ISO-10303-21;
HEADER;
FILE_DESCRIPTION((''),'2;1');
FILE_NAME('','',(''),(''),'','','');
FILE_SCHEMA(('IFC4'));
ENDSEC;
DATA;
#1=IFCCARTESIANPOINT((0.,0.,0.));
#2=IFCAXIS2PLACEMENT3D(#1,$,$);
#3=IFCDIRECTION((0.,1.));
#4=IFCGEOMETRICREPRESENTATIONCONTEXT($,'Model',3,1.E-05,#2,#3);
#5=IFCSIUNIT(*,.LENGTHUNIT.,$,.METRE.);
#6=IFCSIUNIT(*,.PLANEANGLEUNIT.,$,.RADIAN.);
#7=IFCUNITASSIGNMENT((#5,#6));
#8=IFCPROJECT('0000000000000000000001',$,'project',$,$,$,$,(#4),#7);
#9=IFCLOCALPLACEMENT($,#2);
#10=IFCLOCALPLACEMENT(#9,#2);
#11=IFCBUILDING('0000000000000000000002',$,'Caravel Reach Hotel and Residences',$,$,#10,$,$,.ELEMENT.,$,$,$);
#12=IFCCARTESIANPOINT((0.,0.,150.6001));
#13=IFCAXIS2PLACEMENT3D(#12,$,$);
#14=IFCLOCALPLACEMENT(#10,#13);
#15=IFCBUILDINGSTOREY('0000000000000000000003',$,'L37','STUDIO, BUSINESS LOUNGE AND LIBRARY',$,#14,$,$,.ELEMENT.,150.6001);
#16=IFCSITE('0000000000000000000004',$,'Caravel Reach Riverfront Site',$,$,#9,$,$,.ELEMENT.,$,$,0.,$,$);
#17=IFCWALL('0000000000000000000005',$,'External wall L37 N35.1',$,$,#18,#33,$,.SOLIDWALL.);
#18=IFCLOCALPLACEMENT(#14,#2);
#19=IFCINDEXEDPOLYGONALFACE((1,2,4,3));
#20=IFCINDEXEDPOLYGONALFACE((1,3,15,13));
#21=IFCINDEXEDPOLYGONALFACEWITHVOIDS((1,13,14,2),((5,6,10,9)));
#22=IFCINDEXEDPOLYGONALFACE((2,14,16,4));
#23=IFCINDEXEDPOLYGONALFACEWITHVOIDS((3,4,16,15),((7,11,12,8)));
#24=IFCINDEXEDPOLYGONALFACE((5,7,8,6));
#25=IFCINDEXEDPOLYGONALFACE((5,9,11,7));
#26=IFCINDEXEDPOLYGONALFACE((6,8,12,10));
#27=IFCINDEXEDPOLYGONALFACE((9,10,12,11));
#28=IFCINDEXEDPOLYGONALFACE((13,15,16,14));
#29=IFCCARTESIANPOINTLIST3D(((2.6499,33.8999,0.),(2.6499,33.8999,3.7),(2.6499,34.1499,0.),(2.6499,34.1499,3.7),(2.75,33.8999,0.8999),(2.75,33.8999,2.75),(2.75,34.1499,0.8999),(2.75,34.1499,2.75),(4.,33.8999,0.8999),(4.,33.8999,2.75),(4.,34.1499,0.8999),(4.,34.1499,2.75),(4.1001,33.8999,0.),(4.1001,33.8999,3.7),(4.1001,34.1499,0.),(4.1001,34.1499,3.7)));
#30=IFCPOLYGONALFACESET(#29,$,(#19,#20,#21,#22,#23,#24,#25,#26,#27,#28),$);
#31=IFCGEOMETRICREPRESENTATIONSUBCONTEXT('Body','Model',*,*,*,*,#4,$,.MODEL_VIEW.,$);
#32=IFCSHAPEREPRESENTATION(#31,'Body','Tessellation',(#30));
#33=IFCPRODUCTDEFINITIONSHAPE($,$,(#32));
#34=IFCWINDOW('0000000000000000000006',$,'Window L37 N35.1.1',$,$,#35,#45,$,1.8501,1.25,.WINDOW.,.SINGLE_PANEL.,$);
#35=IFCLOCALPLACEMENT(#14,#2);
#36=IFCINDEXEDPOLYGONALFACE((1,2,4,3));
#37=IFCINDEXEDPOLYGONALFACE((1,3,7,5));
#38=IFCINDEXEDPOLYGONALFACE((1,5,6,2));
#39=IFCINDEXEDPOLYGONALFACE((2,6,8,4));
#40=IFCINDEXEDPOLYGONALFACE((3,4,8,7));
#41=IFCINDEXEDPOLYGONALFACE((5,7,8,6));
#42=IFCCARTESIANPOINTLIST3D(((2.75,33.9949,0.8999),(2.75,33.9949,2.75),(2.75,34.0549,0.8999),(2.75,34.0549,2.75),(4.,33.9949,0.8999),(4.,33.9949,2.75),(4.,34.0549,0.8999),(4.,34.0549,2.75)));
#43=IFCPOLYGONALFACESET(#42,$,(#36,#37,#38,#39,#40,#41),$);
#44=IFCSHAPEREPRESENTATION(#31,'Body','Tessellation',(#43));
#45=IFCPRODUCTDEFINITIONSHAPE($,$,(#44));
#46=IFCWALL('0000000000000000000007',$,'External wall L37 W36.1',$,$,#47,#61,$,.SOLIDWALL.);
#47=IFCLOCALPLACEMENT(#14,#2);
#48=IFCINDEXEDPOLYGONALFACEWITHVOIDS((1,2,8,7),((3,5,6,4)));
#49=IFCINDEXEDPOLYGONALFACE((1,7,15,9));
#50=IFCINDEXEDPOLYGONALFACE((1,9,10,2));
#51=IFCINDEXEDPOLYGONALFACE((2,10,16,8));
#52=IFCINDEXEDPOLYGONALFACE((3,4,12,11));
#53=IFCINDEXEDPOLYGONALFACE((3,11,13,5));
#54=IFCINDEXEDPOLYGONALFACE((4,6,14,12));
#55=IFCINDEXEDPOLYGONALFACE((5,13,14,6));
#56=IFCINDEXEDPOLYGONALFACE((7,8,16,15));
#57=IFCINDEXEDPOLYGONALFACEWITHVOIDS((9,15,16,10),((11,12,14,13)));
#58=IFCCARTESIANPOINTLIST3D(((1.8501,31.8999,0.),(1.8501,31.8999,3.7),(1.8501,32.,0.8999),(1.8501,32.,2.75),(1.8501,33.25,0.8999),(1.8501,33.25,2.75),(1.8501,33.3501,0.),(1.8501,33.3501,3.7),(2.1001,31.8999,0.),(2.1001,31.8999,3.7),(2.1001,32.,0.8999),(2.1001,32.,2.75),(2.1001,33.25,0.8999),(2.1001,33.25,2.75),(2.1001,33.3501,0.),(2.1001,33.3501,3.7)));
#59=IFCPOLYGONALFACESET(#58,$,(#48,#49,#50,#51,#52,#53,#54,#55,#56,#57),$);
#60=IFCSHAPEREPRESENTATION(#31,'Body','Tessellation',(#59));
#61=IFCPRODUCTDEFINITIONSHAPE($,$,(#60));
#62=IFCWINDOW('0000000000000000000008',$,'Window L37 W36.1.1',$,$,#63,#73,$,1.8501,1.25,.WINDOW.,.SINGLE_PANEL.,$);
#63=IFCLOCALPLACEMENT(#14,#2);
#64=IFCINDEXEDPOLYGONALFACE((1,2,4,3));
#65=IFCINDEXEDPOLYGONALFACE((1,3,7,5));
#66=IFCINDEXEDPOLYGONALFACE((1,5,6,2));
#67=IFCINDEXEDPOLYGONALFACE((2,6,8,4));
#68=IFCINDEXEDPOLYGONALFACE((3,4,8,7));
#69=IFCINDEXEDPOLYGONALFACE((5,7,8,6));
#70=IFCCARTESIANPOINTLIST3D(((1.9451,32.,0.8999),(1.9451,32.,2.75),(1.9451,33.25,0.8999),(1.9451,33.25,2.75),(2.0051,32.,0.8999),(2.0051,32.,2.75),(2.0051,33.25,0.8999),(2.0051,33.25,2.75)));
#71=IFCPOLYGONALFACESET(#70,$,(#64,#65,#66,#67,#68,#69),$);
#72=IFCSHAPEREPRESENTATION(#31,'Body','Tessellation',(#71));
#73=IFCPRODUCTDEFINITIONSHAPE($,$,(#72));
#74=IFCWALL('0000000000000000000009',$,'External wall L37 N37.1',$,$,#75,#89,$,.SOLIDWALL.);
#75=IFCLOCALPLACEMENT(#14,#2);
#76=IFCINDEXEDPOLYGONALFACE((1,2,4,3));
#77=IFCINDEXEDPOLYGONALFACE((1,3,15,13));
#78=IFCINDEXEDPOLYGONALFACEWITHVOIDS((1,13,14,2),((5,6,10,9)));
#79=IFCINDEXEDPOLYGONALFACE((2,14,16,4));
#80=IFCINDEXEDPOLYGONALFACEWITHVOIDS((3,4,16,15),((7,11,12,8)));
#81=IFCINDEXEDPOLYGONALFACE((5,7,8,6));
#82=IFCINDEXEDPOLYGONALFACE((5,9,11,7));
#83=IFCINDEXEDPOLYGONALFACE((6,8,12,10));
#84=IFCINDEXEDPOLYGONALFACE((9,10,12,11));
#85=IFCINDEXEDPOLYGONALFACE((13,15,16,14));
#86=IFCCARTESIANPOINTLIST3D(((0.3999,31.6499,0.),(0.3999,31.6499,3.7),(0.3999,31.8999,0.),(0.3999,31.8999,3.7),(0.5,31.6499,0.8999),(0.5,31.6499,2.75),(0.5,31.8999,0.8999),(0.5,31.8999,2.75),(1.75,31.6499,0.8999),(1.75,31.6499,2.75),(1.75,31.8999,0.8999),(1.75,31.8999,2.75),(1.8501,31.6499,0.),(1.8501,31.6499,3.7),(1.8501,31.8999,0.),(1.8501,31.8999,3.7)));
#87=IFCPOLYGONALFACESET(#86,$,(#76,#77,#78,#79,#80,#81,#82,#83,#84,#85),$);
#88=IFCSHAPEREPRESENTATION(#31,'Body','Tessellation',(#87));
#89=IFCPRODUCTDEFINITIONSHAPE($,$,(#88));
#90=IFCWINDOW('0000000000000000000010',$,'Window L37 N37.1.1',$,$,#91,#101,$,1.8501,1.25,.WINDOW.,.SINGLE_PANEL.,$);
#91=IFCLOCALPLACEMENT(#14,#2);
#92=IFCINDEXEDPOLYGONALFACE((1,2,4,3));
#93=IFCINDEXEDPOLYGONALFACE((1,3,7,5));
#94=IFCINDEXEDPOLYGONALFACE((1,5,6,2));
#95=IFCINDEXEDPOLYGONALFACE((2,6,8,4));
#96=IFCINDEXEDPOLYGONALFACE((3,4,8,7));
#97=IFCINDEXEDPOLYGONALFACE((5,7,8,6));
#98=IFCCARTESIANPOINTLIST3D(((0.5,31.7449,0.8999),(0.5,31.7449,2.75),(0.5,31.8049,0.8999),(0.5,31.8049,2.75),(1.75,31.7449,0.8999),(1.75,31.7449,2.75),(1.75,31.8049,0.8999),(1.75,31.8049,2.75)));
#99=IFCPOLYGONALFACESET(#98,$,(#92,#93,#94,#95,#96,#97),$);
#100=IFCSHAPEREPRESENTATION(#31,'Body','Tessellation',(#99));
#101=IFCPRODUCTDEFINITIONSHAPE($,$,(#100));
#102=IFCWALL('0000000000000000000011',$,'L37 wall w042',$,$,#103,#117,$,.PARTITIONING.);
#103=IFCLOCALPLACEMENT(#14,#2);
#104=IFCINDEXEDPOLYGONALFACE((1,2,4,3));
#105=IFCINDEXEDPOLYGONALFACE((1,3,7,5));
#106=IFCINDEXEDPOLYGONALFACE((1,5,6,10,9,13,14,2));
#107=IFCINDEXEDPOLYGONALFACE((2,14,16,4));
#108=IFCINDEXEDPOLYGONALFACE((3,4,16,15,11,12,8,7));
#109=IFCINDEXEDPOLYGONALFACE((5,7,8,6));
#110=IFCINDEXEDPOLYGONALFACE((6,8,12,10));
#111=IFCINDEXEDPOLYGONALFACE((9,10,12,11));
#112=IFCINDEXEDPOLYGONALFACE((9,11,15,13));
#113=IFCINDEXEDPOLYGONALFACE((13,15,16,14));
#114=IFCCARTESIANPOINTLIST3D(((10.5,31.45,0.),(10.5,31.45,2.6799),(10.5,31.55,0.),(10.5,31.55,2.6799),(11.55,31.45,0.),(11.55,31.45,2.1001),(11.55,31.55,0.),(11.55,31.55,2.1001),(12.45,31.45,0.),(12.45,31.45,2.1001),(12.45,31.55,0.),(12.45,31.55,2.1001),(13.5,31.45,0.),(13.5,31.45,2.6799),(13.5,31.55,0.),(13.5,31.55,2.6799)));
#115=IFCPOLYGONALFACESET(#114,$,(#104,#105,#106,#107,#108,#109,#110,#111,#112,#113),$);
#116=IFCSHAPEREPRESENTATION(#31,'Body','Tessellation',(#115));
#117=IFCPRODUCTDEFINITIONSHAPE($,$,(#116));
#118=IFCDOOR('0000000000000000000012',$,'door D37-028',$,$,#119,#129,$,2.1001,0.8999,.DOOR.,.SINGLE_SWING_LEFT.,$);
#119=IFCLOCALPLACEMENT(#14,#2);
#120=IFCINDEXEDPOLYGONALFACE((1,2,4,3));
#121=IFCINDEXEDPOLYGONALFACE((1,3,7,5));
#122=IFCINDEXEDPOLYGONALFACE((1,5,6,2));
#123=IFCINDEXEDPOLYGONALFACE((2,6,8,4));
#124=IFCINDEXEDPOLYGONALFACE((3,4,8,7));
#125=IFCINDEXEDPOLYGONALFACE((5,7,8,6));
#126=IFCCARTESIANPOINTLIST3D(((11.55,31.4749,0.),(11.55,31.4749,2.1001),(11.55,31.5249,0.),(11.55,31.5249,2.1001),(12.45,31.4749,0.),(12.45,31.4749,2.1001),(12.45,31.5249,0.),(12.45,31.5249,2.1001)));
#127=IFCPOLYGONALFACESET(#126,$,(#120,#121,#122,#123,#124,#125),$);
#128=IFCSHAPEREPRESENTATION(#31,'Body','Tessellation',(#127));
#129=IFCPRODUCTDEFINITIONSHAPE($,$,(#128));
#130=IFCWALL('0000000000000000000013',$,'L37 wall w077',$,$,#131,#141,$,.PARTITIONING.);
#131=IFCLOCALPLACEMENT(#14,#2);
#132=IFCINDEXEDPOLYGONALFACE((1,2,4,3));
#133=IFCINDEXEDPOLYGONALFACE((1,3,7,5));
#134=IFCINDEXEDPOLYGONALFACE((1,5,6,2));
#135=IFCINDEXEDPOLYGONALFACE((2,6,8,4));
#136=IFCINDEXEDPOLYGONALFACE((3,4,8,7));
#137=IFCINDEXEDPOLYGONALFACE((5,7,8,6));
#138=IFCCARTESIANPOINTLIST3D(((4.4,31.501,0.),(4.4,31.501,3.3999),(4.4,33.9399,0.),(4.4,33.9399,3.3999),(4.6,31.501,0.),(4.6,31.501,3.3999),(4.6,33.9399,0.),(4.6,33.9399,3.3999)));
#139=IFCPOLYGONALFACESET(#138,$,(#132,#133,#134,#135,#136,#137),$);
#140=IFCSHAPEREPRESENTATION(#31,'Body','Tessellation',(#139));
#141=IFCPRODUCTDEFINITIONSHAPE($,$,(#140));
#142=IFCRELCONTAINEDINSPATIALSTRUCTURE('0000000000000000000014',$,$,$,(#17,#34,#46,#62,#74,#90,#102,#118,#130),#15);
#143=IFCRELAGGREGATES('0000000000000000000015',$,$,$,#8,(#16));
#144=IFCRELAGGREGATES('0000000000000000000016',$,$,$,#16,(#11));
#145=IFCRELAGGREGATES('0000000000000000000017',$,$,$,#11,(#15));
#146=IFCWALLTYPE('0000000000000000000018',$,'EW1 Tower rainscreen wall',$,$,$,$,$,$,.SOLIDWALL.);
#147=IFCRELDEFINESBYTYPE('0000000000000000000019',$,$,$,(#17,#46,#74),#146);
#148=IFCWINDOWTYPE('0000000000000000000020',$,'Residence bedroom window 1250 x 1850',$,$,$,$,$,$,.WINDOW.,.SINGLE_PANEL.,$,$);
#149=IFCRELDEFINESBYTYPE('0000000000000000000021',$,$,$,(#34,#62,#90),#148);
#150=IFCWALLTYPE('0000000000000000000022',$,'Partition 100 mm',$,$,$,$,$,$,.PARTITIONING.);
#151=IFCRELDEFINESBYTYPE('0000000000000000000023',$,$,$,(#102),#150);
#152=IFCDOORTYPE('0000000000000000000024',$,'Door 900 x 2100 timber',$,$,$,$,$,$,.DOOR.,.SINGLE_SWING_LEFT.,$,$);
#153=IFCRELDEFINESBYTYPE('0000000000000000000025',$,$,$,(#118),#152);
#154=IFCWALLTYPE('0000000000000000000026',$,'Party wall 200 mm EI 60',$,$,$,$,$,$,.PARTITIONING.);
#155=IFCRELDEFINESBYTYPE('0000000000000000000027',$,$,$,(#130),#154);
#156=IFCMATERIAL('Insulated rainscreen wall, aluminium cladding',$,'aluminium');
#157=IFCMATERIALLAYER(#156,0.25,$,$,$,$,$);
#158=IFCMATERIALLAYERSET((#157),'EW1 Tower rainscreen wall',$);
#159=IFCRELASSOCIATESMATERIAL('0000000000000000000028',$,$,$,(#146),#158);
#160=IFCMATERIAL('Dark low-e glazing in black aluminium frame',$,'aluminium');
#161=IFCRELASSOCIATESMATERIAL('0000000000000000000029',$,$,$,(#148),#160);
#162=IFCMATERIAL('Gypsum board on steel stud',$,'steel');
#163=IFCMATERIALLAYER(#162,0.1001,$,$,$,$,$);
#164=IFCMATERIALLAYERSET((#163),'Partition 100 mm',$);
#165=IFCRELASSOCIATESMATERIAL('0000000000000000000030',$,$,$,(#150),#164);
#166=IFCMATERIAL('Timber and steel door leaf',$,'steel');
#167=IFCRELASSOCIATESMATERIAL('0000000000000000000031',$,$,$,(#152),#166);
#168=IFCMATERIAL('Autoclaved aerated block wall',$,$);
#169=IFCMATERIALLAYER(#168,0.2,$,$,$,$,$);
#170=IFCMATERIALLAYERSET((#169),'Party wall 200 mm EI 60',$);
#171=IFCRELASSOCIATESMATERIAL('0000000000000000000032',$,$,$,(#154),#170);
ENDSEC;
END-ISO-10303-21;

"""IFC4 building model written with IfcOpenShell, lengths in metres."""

from ifc_helpers import new_model, si_unit, direction, frame, frame_2d, origin, place, context, subcontext, project, spatial, rectangle, extrude, material, layer, layer_set, type_object, element, fill, save


model = new_model("IFC4")

# Units and contexts
model_context = context("Model", 3, precision=1e-05, world=origin(), true_north=direction((0.0, 1.0)))
body_context = subcontext(model_context, "Body", "Model", "MODEL_VIEW")
ifc_project = project(units=[si_unit("LENGTHUNIT", "METRE"), si_unit("PLANEANGLEUNIT", "RADIAN")], contexts=[model_context])

# Site, building, storey
site_placement = place(None, origin())
site = spatial("IfcSite", under=ifc_project, at=site_placement, Name="Caravel Reach Riverfront Site", CompositionType="ELEMENT", RefElevation=0.0)
building_placement = place(site_placement, origin())
building = spatial("IfcBuilding", under=site, at=building_placement, Name="Caravel Reach Hotel and Residences", CompositionType="ELEMENT")
storey_placement = place(building_placement, frame((0.0, 0.0, 150.6001)))
storey = spatial("IfcBuildingStorey", under=building, at=storey_placement, Name="L37", Description="STUDIO, BUSINESS LOUNGE AND LIBRARY", CompositionType="ELEMENT", Elevation=150.6001)

# Shared definitions
ifc_material_1 = material(Name="Insulated rainscreen wall, aluminium cladding", Category="aluminium")
ifc_layer_1 = layer(ifc_material_1, 0.25)
ifc_layer_set_1 = layer_set([ifc_layer_1], Name="EW1 Tower rainscreen wall")
wall_type_1 = type_object("IfcWallType", Name="EW1 Tower rainscreen wall", PredefinedType="SOLIDWALL", material=ifc_layer_set_1)

# Walls, openings, windows
wall_1_placement = place(storey_placement, frame((4.1001, 34.0249, 0.0), z_axis=(0.0, 0.0, 1.0), x_axis=(-1.0, 0.0, 0.0)))
wall_1 = element("IfcWall", 1, at=wall_1_placement, inside=storey, type_object=wall_type_1, Name="External wall L37 N35.1", PredefinedType="SOLIDWALL", context=body_context, shape_type="SweptSolid", body=[
    extrude(rectangle(XDim=1.4502, YDim=0.25, at=frame_2d((0.7251, 0.0))), origin(), (0.0, 0.0, 1.0), 3.7),
])
opening_1_placement = place(wall_1_placement, frame((0.1001, 0.0, 0.8999)))
opening_1 = element("IfcOpeningElement", 2, at=opening_1_placement, cuts=wall_1, PredefinedType="OPENING", context=body_context, shape_type="SweptSolid", body=[
    extrude(rectangle(XDim=1.25, YDim=1.8501, at=frame_2d((0.625, 0.925))), frame((0.0, 0.135, 0.0), z_axis=(0.0, -1.0, 0.0), x_axis=(1.0, 0.0, 0.0)), (0.0, 0.0, 1.0), 0.27),
])
ifc_material_2 = material(Name="Dark low-e glazing in black aluminium frame", Category="aluminium")
window_type_1 = type_object("IfcWindowType", Name="Residence bedroom window 1250 x 1850", PartitioningType="SINGLE_PANEL", PredefinedType="WINDOW", material=ifc_material_2)
window_1_placement = place(opening_1_placement, origin())
window_1 = element("IfcWindow", 3, at=window_1_placement, inside=storey, type_object=window_type_1, Name="Window L37 N35.1.1", OverallHeight=1.8501, OverallWidth=1.25, PartitioningType="SINGLE_PANEL", PredefinedType="WINDOW", context=body_context, shape_type="SweptSolid", body=[
    extrude(rectangle(XDim=1.25, YDim=1.8501, at=frame_2d((0.625, 0.925))), frame((0.0, 0.03, 0.0), z_axis=(0.0, -1.0, 0.0), x_axis=(1.0, 0.0, 0.0)), (0.0, 0.0, 1.0), 0.0601),
])
fill(opening_1, window_1)
wall_2_placement = place(storey_placement, frame((1.9751, 33.3501, 0.0), z_axis=(0.0, 0.0, 1.0), x_axis=(0.0, -1.0, 0.0)))
wall_2 = element("IfcWall", 4, at=wall_2_placement, inside=storey, type_object=wall_type_1, Name="External wall L37 W36.1", PredefinedType="SOLIDWALL", context=body_context, shape_type="SweptSolid", body=[
    extrude(rectangle(XDim=1.4502, YDim=0.25, at=frame_2d((0.7251, 0.0))), origin(), (0.0, 0.0, 1.0), 3.7),
])
opening_2_placement = place(wall_2_placement, frame((0.1001, 0.0, 0.8999)))
opening_2 = element("IfcOpeningElement", 5, at=opening_2_placement, cuts=wall_2, PredefinedType="OPENING", context=body_context, shape_type="SweptSolid", body=[
    extrude(rectangle(XDim=1.25, YDim=1.8501, at=frame_2d((0.625, 0.925))), frame((0.0, 0.135, 0.0), z_axis=(0.0, -1.0, 0.0), x_axis=(1.0, 0.0, 0.0)), (0.0, 0.0, 1.0), 0.27),
])
window_2_placement = place(opening_2_placement, origin())
window_2 = element("IfcWindow", 6, at=window_2_placement, inside=storey, type_object=window_type_1, Name="Window L37 W36.1.1", OverallHeight=1.8501, OverallWidth=1.25, PartitioningType="SINGLE_PANEL", PredefinedType="WINDOW", context=body_context, shape_type="SweptSolid", body=[
    extrude(rectangle(XDim=1.25, YDim=1.8501, at=frame_2d((0.625, 0.925))), frame((0.0, 0.03, 0.0), z_axis=(0.0, -1.0, 0.0), x_axis=(1.0, 0.0, 0.0)), (0.0, 0.0, 1.0), 0.0601),
])
fill(opening_2, window_2)
wall_3_placement = place(storey_placement, frame((1.8501, 31.7749, 0.0), z_axis=(0.0, 0.0, 1.0), x_axis=(-1.0, 0.0, 0.0)))
wall_3 = element("IfcWall", 7, at=wall_3_placement, inside=storey, type_object=wall_type_1, Name="External wall L37 N37.1", PredefinedType="SOLIDWALL", context=body_context, shape_type="SweptSolid", body=[
    extrude(rectangle(XDim=1.4502, YDim=0.25, at=frame_2d((0.7251, 0.0))), origin(), (0.0, 0.0, 1.0), 3.7),
])
opening_3_placement = place(wall_3_placement, frame((0.1001, 0.0, 0.8999)))
opening_3 = element("IfcOpeningElement", 8, at=opening_3_placement, cuts=wall_3, PredefinedType="OPENING", context=body_context, shape_type="SweptSolid", body=[
    extrude(rectangle(XDim=1.25, YDim=1.8501, at=frame_2d((0.625, 0.925))), frame((0.0, 0.135, 0.0), z_axis=(0.0, -1.0, 0.0), x_axis=(1.0, 0.0, 0.0)), (0.0, 0.0, 1.0), 0.27),
])
window_3_placement = place(opening_3_placement, origin())
window_3 = element("IfcWindow", 9, at=window_3_placement, inside=storey, type_object=window_type_1, Name="Window L37 N37.1.1", OverallHeight=1.8501, OverallWidth=1.25, PartitioningType="SINGLE_PANEL", PredefinedType="WINDOW", context=body_context, shape_type="SweptSolid", body=[
    extrude(rectangle(XDim=1.25, YDim=1.8501, at=frame_2d((0.625, 0.925))), frame((0.0, 0.03, 0.0), z_axis=(0.0, -1.0, 0.0), x_axis=(1.0, 0.0, 0.0)), (0.0, 0.0, 1.0), 0.0601),
])
fill(opening_3, window_3)

# Wall, opening, door
ifc_material_3 = material(Name="Gypsum board on steel stud", Category="steel")
ifc_layer_2 = layer(ifc_material_3, 0.1001)
ifc_layer_set_2 = layer_set([ifc_layer_2], Name="Partition 100 mm")
wall_type_2 = type_object("IfcWallType", Name="Partition 100 mm", PredefinedType="PARTITIONING", material=ifc_layer_set_2)
wall_4_placement = place(storey_placement, frame((10.5, 31.5, 0.0), z_axis=(0.0, 0.0, 1.0), x_axis=(1.0, 0.0, 0.0)))
wall_4 = element("IfcWall", 10, at=wall_4_placement, inside=storey, type_object=wall_type_2, Name="L37 wall w042", PredefinedType="PARTITIONING", context=body_context, shape_type="SweptSolid", body=[
    extrude(rectangle(XDim=3.0, YDim=0.1001, at=frame_2d((1.5, 0.0))), origin(), (0.0, 0.0, 1.0), 2.6799),
])
opening_4_placement = place(wall_4_placement, frame((1.05, 0.0, 0.0)))
opening_4 = element("IfcOpeningElement", 11, at=opening_4_placement, cuts=wall_4, PredefinedType="OPENING", context=body_context, shape_type="SweptSolid", body=[
    extrude(rectangle(XDim=0.8999, YDim=2.1001, at=frame_2d((0.45, 1.05))), frame((0.0, 0.0601, 0.0), z_axis=(0.0, -1.0, 0.0), x_axis=(1.0, 0.0, 0.0)), (0.0, 0.0, 1.0), 0.1201),
])
ifc_material_4 = material(Name="Timber and steel door leaf", Category="steel")
door_type = type_object("IfcDoorType", Name="Door 900 x 2100 timber", OperationType="SINGLE_SWING_LEFT", PredefinedType="DOOR", material=ifc_material_4)
door_placement = place(opening_4_placement, origin())
door = element("IfcDoor", 12, at=door_placement, inside=storey, type_object=door_type, Name="door D37-028", OperationType="SINGLE_SWING_LEFT", OverallHeight=2.1001, OverallWidth=0.8999, PredefinedType="DOOR", context=body_context, shape_type="SweptSolid", body=[
    extrude(rectangle(XDim=0.8999, YDim=2.1001, at=frame_2d((0.45, 1.05))), frame((0.0, 0.0249, 0.0), z_axis=(0.0, -1.0, 0.0), x_axis=(1.0, 0.0, 0.0)), (0.0, 0.0, 1.0), 0.05),
])
fill(opening_4, door)

# Wall
ifc_material_5 = material(Name="Autoclaved aerated block wall")
ifc_layer_3 = layer(ifc_material_5, 0.2)
ifc_layer_set_3 = layer_set([ifc_layer_3], Name="Party wall 200 mm EI 60")
wall_type_3 = type_object("IfcWallType", Name="Party wall 200 mm EI 60", PredefinedType="PARTITIONING", material=ifc_layer_set_3)
wall_5_placement = place(storey_placement, frame((4.5, 31.501, 0.0), z_axis=(0.0, 0.0, 1.0), x_axis=(0.0, 1.0, 0.0)))
element("IfcWall", 13, at=wall_5_placement, inside=storey, type_object=wall_type_3, Name="L37 wall w077", PredefinedType="PARTITIONING", context=body_context, shape_type="SweptSolid", body=[
    extrude(rectangle(XDim=2.439, YDim=0.2, at=frame_2d((1.2195, 0.0))), origin(), (0.0, 0.0, 1.0), 3.3999),
])

save(model, "model.ifc")
